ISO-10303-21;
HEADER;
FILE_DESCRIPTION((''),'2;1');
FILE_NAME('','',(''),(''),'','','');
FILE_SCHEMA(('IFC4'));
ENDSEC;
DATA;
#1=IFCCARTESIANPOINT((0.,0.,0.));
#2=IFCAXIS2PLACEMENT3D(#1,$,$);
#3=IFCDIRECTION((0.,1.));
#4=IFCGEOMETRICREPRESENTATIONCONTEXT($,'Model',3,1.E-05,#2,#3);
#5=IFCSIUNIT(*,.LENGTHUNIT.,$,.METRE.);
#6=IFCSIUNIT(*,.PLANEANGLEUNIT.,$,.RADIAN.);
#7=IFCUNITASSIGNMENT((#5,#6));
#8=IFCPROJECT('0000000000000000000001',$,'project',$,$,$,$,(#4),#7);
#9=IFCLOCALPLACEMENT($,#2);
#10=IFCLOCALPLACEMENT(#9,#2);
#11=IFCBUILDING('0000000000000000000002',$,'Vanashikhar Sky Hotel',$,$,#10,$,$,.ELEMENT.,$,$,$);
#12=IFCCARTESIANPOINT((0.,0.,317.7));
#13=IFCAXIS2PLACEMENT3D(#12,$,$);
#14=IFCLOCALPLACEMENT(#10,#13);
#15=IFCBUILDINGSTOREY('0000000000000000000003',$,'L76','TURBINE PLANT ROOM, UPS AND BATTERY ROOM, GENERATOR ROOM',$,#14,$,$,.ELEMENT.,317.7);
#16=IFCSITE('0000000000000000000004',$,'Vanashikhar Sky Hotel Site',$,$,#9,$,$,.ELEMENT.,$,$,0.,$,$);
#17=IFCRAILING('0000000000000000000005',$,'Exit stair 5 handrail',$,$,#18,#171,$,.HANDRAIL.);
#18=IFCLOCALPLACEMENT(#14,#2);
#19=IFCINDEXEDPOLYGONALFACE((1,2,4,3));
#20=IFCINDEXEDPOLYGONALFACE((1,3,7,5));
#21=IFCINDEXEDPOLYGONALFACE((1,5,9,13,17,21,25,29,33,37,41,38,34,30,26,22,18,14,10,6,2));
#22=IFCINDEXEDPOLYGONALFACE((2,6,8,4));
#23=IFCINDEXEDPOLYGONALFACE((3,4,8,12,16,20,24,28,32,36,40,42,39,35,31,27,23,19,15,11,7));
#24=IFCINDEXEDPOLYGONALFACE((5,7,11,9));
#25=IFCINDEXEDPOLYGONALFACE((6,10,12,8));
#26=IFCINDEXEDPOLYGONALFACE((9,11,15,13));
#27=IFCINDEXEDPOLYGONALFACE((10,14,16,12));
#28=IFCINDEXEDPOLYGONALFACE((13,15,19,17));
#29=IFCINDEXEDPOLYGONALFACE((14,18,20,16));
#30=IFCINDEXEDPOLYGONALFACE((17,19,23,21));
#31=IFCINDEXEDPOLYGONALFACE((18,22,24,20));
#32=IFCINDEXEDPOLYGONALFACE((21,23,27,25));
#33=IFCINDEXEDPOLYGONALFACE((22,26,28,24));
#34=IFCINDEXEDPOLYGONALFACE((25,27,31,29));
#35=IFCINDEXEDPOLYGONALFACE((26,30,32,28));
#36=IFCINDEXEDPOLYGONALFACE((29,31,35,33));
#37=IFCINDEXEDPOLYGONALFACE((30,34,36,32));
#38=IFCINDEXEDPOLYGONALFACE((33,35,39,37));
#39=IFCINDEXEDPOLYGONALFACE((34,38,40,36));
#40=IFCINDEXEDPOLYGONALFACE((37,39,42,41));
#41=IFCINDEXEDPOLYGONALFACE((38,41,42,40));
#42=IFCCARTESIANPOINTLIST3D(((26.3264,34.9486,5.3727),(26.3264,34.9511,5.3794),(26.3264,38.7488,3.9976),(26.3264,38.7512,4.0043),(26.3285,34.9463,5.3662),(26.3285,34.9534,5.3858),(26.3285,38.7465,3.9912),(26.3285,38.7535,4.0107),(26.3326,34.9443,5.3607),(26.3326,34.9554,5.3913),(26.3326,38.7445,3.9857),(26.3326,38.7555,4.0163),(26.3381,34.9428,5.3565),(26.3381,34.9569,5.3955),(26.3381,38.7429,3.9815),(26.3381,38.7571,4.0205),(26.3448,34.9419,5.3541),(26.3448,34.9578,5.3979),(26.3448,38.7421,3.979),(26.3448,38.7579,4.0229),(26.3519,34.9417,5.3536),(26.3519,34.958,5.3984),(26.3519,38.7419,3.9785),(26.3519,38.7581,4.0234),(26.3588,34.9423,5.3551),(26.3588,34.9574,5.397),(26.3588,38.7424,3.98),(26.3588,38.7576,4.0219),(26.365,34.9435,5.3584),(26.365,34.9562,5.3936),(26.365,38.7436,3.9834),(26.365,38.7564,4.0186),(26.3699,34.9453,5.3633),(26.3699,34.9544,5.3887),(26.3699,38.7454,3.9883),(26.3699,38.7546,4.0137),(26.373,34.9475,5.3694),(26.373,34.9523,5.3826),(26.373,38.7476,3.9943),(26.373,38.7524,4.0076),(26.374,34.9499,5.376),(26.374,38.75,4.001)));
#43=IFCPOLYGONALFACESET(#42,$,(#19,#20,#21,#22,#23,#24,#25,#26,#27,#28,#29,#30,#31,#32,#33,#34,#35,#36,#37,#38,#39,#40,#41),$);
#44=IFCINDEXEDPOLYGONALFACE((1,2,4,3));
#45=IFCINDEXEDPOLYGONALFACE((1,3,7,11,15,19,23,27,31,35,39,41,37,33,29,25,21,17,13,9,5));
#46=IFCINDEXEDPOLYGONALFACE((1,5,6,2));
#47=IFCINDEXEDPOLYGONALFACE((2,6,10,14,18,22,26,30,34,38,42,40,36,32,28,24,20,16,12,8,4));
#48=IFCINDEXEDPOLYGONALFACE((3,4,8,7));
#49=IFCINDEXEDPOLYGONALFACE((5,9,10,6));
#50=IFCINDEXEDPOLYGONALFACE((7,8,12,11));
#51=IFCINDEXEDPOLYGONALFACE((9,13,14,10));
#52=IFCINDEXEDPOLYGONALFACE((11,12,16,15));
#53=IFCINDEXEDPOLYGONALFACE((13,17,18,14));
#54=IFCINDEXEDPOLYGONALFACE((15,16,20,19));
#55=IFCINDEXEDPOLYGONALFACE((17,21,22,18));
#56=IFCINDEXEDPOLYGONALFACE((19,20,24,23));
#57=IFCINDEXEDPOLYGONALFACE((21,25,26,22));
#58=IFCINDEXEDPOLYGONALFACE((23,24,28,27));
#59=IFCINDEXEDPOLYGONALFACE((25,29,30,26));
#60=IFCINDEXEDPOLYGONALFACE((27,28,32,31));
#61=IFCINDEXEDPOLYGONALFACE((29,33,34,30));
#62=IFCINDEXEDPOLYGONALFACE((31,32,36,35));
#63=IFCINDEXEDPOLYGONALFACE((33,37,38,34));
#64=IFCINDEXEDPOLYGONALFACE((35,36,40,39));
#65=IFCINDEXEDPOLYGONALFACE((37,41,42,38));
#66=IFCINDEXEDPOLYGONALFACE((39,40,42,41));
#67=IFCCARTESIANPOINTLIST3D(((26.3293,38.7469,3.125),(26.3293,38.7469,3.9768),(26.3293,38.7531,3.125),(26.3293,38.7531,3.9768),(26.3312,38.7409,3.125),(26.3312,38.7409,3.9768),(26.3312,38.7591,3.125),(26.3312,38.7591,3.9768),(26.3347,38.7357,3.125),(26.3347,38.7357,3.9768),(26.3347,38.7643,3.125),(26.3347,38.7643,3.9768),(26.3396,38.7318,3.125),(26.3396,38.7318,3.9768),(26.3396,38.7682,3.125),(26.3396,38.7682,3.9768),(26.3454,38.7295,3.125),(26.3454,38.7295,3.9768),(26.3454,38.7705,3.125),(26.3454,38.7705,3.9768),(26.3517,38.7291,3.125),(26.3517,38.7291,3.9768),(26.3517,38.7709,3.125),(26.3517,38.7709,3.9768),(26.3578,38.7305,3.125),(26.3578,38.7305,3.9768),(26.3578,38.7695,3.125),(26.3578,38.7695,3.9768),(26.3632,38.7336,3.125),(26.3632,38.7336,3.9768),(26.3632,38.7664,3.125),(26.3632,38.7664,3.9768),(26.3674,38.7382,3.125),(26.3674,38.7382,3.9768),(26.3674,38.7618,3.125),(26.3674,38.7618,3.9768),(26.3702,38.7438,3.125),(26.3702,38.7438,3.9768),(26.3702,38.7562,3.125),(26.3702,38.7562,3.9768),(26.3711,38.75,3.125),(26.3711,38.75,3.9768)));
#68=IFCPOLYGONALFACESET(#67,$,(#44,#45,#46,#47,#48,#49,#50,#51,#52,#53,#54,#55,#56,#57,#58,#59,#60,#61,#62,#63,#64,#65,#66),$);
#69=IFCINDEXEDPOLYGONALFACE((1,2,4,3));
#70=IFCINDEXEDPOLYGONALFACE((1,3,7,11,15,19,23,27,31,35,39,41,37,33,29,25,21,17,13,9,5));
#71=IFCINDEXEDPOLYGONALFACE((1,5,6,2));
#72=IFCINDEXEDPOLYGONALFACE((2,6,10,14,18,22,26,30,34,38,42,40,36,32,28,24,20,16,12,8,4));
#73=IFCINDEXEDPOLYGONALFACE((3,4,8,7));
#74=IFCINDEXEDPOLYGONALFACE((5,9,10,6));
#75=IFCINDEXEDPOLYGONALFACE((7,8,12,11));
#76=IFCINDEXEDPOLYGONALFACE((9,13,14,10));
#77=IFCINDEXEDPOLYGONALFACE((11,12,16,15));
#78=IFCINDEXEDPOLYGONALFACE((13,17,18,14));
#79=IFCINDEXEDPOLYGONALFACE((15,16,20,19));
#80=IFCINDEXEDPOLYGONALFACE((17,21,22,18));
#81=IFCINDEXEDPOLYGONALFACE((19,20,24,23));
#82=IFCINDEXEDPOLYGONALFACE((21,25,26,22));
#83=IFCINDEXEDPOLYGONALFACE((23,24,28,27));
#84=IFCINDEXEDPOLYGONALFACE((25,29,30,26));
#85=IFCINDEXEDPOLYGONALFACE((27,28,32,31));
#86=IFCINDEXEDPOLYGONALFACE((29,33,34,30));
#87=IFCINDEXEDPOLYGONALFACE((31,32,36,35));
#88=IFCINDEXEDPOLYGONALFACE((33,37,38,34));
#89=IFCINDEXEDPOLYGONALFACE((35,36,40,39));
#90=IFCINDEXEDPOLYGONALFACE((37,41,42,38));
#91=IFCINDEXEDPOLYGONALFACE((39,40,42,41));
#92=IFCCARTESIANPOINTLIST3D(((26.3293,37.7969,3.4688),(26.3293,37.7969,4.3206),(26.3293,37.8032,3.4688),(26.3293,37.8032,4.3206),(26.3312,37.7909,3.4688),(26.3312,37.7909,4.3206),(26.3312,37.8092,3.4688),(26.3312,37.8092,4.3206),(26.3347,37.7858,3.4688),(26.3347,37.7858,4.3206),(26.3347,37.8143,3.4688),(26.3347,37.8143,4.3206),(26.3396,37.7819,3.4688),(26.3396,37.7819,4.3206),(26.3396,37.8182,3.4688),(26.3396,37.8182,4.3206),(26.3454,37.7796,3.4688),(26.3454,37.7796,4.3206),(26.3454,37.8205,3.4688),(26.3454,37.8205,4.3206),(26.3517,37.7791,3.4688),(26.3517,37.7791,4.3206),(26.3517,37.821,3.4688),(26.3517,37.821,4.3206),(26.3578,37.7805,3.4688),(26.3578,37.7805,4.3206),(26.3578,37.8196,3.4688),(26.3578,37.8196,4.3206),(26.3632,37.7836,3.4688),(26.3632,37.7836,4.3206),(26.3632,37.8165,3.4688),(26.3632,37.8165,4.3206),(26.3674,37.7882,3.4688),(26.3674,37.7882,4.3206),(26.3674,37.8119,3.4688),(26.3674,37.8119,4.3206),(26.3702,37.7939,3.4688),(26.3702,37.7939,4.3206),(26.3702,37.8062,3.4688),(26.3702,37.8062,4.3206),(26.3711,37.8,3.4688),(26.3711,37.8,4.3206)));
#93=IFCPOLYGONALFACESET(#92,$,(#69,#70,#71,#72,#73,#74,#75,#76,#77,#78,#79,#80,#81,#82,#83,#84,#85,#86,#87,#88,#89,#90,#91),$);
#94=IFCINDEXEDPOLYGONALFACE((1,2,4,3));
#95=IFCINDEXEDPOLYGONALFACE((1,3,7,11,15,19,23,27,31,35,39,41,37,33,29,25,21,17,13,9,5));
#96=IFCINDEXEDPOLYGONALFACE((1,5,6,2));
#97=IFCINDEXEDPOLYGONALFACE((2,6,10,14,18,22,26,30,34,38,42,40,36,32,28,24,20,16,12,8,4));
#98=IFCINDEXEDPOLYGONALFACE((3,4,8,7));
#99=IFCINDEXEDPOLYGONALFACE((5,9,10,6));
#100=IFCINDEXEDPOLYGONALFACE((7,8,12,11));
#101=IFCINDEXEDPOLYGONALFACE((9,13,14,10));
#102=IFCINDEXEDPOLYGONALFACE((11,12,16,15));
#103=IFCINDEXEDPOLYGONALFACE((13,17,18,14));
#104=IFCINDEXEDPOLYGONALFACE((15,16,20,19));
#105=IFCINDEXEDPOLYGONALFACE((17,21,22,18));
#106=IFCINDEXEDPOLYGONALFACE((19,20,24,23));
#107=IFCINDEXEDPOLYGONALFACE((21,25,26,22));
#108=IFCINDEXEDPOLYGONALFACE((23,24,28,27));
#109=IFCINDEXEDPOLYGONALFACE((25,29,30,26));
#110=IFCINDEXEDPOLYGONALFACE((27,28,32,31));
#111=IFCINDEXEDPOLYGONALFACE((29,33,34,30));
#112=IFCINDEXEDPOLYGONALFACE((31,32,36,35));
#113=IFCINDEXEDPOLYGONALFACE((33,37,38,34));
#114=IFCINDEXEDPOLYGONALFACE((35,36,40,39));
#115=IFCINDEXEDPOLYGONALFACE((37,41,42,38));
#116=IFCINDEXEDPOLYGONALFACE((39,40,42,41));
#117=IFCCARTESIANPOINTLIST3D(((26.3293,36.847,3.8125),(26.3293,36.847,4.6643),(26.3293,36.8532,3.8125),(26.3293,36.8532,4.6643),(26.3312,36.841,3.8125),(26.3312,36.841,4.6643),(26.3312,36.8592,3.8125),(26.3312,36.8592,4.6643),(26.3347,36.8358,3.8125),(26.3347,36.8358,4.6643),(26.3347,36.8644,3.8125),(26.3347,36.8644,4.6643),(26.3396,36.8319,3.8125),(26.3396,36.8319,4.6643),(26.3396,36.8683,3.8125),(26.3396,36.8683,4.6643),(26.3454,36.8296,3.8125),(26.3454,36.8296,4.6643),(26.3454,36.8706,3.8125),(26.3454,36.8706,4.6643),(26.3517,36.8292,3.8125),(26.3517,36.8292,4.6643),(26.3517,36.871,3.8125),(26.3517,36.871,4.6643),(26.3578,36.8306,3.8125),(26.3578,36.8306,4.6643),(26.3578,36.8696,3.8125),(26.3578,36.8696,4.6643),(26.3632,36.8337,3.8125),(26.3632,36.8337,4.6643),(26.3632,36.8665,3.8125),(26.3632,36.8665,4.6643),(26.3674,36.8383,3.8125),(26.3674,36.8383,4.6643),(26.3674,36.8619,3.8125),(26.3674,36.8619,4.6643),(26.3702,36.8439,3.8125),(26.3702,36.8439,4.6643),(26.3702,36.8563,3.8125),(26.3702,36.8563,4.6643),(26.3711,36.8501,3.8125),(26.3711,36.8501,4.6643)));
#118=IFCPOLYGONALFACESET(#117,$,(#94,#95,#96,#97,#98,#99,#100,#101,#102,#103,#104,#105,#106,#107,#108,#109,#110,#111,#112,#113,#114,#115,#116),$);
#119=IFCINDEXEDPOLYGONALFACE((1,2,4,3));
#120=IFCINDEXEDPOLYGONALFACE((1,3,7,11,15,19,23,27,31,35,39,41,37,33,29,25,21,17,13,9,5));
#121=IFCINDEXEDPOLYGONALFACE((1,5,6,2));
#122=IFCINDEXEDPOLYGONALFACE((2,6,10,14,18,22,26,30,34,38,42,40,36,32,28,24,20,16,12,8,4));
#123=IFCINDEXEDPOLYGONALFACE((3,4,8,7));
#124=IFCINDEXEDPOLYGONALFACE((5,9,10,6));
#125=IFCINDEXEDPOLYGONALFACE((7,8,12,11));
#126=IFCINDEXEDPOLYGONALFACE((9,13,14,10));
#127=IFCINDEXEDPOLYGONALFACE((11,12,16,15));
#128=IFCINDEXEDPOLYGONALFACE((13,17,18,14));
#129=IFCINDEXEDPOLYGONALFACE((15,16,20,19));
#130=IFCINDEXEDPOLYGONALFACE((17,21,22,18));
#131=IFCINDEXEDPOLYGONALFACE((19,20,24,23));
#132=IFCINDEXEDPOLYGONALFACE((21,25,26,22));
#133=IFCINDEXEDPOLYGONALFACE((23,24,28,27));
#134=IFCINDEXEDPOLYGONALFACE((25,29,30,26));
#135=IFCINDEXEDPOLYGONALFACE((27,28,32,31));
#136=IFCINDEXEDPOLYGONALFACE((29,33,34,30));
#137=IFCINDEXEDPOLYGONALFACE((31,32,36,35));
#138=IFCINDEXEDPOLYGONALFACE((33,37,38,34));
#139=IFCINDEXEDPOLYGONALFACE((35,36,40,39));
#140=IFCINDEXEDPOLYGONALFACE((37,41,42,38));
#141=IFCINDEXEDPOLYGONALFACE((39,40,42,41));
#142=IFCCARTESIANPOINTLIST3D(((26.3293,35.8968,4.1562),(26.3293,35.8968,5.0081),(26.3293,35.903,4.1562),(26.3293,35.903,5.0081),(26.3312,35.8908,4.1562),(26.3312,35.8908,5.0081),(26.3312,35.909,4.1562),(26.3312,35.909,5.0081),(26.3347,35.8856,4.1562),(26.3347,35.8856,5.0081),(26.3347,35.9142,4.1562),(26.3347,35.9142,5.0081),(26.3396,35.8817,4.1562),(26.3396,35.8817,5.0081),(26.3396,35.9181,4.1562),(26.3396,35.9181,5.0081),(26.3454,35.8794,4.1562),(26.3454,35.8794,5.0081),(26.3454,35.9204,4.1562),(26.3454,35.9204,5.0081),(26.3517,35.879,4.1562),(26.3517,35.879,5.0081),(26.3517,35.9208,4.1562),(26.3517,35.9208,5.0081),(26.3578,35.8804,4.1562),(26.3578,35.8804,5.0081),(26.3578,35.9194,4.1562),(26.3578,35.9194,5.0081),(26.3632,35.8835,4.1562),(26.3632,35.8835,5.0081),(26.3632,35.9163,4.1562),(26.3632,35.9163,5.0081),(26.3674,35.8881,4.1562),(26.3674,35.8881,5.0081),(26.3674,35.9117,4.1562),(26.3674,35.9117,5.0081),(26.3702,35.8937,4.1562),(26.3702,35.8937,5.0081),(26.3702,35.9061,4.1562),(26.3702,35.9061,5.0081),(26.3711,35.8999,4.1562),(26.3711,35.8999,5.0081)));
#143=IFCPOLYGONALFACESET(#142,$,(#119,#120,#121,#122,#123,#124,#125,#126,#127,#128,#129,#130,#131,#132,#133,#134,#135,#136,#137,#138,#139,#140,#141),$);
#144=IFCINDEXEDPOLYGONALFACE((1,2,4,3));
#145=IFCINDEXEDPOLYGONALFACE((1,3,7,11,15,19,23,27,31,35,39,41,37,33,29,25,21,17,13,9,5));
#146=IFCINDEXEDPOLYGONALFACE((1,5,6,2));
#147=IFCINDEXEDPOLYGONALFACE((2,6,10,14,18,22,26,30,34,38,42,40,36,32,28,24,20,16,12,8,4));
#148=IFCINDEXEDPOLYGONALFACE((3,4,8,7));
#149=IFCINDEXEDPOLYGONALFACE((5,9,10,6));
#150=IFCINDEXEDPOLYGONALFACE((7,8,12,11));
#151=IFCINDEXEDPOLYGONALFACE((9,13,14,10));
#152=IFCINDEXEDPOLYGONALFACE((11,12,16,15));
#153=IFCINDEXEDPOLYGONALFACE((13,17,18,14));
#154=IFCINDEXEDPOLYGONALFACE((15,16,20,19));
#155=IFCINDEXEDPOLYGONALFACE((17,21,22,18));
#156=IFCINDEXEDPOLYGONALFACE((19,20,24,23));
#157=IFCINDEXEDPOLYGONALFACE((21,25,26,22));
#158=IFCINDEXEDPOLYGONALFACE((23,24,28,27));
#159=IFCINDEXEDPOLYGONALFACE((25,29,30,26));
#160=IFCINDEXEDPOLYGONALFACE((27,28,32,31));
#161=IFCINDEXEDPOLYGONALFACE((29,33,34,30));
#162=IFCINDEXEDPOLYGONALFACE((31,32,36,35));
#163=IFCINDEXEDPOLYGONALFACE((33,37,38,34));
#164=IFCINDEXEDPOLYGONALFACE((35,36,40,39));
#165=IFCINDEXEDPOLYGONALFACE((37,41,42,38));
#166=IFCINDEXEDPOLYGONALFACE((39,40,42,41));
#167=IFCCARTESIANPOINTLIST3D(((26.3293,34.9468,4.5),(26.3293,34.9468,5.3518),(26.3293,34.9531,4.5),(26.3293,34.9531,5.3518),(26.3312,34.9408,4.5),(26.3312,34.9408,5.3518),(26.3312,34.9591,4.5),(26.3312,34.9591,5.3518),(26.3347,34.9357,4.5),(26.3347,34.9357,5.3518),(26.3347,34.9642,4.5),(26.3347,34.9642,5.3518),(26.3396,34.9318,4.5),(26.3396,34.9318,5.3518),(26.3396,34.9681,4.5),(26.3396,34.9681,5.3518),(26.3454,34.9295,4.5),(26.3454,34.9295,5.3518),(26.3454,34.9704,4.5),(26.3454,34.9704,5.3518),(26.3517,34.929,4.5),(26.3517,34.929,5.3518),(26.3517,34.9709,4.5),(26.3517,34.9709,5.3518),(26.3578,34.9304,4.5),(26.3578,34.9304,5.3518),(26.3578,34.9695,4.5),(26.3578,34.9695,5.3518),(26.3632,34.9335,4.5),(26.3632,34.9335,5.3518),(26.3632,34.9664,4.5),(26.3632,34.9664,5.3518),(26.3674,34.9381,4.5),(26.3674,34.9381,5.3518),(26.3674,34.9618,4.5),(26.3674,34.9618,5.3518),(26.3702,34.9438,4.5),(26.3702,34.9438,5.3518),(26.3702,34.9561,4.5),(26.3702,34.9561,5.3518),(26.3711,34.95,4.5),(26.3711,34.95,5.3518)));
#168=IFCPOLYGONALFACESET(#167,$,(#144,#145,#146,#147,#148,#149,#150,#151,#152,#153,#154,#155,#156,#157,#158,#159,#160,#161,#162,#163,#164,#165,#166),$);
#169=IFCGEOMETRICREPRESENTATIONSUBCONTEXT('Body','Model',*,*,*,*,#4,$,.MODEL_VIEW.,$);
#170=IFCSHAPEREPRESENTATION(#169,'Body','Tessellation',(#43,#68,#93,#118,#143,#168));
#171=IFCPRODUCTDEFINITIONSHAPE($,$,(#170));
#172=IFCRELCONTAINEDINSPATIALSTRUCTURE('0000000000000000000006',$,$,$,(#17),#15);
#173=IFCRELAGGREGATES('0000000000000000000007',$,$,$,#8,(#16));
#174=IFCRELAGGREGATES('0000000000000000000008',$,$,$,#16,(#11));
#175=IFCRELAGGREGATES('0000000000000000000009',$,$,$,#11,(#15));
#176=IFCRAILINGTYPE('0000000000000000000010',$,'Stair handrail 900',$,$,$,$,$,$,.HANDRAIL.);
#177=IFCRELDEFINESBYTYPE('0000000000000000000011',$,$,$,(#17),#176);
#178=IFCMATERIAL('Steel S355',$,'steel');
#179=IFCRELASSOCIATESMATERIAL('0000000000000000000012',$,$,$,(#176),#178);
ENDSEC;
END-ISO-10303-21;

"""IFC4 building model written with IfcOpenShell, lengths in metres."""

from ifc_helpers import new_model, si_unit, direction, frame, origin, origin_2d, place, context, subcontext, project, spatial, circle, extrude, source, transform, mapped, material, type_object, element, save


model = new_model("IFC4")

# Units and contexts
model_context = context("Model", 3, precision=1e-05, world=origin(), true_north=direction((0.0, 1.0)))
body_context = subcontext(model_context, "Body", "Model", "MODEL_VIEW")
ifc_project = project(units=[si_unit("LENGTHUNIT", "METRE"), si_unit("PLANEANGLEUNIT", "RADIAN")], contexts=[model_context])

# Site, building, storey
site_placement = place(None, origin())
site = spatial("IfcSite", under=ifc_project, at=site_placement, Name="Vanashikhar Sky Hotel Site", CompositionType="ELEMENT", RefElevation=0.0)
building_placement = place(site_placement, origin())
building = spatial("IfcBuilding", under=site, at=building_placement, Name="Vanashikhar Sky Hotel", CompositionType="ELEMENT")
storey_placement = place(building_placement, frame((0.0, 0.0, 317.7)))
storey = spatial("IfcBuildingStorey", under=building, at=storey_placement, Name="L76", Description="TURBINE PLANT ROOM, UPS AND BATTERY ROOM, GENERATOR ROOM", CompositionType="ELEMENT", Elevation=317.7)

# Railing
ifc_material_1 = material(Name="Steel S355", Category="steel")
railing_type_1 = type_object("IfcRailingType", Name="Stair handrail 900", PredefinedType="HANDRAIL", material=ifc_material_1)
shared_shape_1 = source(origin(), body_context, "Body", "SweptSolid", [
    extrude(circle(Radius=0.0239, at=origin_2d()), frame((0.0, 0.0, 0.876), z_axis=(0.0, -0.940336, 0.340249), x_axis=(1.0, 0.0, 0.0)), (0.0, 0.0, 1.0), 4.0413),
    extrude(circle(Radius=0.021, at=origin_2d()), origin(), (0.0, 0.0, 1.0), 0.8518),
    extrude(circle(Radius=0.021, at=origin_2d()), frame((0.0, -0.95, 0.3438)), (0.0, 0.0, 1.0), 0.8518),
    extrude(circle(Radius=0.021, at=origin_2d()), frame((0.0, -1.8999, 0.6875)), (0.0, 0.0, 1.0), 0.8518),
    extrude(circle(Radius=0.021, at=origin_2d()), frame((0.0, -2.8501, 1.0312)), (0.0, 0.0, 1.0), 0.8518),
    extrude(circle(Radius=0.021, at=origin_2d()), frame((0.0, -3.8, 1.375)), (0.0, 0.0, 1.0), 0.8518),
])
for number, where, name in (
    (1, (26.3501, 38.75, 3.125), "Exit stair 5 handrail"),
):
    element("IfcRailing", number, at=place(storey_placement, frame(where)), inside=storey, type_object=railing_type_1, Name=name, PredefinedType="HANDRAIL", context=body_context, shape_type="MappedRepresentation", body=[
        mapped(shared_shape_1, transform((0.0, 0.0, 0.0), scale=1.0)),
    ])

save(model, "model.ifc")
